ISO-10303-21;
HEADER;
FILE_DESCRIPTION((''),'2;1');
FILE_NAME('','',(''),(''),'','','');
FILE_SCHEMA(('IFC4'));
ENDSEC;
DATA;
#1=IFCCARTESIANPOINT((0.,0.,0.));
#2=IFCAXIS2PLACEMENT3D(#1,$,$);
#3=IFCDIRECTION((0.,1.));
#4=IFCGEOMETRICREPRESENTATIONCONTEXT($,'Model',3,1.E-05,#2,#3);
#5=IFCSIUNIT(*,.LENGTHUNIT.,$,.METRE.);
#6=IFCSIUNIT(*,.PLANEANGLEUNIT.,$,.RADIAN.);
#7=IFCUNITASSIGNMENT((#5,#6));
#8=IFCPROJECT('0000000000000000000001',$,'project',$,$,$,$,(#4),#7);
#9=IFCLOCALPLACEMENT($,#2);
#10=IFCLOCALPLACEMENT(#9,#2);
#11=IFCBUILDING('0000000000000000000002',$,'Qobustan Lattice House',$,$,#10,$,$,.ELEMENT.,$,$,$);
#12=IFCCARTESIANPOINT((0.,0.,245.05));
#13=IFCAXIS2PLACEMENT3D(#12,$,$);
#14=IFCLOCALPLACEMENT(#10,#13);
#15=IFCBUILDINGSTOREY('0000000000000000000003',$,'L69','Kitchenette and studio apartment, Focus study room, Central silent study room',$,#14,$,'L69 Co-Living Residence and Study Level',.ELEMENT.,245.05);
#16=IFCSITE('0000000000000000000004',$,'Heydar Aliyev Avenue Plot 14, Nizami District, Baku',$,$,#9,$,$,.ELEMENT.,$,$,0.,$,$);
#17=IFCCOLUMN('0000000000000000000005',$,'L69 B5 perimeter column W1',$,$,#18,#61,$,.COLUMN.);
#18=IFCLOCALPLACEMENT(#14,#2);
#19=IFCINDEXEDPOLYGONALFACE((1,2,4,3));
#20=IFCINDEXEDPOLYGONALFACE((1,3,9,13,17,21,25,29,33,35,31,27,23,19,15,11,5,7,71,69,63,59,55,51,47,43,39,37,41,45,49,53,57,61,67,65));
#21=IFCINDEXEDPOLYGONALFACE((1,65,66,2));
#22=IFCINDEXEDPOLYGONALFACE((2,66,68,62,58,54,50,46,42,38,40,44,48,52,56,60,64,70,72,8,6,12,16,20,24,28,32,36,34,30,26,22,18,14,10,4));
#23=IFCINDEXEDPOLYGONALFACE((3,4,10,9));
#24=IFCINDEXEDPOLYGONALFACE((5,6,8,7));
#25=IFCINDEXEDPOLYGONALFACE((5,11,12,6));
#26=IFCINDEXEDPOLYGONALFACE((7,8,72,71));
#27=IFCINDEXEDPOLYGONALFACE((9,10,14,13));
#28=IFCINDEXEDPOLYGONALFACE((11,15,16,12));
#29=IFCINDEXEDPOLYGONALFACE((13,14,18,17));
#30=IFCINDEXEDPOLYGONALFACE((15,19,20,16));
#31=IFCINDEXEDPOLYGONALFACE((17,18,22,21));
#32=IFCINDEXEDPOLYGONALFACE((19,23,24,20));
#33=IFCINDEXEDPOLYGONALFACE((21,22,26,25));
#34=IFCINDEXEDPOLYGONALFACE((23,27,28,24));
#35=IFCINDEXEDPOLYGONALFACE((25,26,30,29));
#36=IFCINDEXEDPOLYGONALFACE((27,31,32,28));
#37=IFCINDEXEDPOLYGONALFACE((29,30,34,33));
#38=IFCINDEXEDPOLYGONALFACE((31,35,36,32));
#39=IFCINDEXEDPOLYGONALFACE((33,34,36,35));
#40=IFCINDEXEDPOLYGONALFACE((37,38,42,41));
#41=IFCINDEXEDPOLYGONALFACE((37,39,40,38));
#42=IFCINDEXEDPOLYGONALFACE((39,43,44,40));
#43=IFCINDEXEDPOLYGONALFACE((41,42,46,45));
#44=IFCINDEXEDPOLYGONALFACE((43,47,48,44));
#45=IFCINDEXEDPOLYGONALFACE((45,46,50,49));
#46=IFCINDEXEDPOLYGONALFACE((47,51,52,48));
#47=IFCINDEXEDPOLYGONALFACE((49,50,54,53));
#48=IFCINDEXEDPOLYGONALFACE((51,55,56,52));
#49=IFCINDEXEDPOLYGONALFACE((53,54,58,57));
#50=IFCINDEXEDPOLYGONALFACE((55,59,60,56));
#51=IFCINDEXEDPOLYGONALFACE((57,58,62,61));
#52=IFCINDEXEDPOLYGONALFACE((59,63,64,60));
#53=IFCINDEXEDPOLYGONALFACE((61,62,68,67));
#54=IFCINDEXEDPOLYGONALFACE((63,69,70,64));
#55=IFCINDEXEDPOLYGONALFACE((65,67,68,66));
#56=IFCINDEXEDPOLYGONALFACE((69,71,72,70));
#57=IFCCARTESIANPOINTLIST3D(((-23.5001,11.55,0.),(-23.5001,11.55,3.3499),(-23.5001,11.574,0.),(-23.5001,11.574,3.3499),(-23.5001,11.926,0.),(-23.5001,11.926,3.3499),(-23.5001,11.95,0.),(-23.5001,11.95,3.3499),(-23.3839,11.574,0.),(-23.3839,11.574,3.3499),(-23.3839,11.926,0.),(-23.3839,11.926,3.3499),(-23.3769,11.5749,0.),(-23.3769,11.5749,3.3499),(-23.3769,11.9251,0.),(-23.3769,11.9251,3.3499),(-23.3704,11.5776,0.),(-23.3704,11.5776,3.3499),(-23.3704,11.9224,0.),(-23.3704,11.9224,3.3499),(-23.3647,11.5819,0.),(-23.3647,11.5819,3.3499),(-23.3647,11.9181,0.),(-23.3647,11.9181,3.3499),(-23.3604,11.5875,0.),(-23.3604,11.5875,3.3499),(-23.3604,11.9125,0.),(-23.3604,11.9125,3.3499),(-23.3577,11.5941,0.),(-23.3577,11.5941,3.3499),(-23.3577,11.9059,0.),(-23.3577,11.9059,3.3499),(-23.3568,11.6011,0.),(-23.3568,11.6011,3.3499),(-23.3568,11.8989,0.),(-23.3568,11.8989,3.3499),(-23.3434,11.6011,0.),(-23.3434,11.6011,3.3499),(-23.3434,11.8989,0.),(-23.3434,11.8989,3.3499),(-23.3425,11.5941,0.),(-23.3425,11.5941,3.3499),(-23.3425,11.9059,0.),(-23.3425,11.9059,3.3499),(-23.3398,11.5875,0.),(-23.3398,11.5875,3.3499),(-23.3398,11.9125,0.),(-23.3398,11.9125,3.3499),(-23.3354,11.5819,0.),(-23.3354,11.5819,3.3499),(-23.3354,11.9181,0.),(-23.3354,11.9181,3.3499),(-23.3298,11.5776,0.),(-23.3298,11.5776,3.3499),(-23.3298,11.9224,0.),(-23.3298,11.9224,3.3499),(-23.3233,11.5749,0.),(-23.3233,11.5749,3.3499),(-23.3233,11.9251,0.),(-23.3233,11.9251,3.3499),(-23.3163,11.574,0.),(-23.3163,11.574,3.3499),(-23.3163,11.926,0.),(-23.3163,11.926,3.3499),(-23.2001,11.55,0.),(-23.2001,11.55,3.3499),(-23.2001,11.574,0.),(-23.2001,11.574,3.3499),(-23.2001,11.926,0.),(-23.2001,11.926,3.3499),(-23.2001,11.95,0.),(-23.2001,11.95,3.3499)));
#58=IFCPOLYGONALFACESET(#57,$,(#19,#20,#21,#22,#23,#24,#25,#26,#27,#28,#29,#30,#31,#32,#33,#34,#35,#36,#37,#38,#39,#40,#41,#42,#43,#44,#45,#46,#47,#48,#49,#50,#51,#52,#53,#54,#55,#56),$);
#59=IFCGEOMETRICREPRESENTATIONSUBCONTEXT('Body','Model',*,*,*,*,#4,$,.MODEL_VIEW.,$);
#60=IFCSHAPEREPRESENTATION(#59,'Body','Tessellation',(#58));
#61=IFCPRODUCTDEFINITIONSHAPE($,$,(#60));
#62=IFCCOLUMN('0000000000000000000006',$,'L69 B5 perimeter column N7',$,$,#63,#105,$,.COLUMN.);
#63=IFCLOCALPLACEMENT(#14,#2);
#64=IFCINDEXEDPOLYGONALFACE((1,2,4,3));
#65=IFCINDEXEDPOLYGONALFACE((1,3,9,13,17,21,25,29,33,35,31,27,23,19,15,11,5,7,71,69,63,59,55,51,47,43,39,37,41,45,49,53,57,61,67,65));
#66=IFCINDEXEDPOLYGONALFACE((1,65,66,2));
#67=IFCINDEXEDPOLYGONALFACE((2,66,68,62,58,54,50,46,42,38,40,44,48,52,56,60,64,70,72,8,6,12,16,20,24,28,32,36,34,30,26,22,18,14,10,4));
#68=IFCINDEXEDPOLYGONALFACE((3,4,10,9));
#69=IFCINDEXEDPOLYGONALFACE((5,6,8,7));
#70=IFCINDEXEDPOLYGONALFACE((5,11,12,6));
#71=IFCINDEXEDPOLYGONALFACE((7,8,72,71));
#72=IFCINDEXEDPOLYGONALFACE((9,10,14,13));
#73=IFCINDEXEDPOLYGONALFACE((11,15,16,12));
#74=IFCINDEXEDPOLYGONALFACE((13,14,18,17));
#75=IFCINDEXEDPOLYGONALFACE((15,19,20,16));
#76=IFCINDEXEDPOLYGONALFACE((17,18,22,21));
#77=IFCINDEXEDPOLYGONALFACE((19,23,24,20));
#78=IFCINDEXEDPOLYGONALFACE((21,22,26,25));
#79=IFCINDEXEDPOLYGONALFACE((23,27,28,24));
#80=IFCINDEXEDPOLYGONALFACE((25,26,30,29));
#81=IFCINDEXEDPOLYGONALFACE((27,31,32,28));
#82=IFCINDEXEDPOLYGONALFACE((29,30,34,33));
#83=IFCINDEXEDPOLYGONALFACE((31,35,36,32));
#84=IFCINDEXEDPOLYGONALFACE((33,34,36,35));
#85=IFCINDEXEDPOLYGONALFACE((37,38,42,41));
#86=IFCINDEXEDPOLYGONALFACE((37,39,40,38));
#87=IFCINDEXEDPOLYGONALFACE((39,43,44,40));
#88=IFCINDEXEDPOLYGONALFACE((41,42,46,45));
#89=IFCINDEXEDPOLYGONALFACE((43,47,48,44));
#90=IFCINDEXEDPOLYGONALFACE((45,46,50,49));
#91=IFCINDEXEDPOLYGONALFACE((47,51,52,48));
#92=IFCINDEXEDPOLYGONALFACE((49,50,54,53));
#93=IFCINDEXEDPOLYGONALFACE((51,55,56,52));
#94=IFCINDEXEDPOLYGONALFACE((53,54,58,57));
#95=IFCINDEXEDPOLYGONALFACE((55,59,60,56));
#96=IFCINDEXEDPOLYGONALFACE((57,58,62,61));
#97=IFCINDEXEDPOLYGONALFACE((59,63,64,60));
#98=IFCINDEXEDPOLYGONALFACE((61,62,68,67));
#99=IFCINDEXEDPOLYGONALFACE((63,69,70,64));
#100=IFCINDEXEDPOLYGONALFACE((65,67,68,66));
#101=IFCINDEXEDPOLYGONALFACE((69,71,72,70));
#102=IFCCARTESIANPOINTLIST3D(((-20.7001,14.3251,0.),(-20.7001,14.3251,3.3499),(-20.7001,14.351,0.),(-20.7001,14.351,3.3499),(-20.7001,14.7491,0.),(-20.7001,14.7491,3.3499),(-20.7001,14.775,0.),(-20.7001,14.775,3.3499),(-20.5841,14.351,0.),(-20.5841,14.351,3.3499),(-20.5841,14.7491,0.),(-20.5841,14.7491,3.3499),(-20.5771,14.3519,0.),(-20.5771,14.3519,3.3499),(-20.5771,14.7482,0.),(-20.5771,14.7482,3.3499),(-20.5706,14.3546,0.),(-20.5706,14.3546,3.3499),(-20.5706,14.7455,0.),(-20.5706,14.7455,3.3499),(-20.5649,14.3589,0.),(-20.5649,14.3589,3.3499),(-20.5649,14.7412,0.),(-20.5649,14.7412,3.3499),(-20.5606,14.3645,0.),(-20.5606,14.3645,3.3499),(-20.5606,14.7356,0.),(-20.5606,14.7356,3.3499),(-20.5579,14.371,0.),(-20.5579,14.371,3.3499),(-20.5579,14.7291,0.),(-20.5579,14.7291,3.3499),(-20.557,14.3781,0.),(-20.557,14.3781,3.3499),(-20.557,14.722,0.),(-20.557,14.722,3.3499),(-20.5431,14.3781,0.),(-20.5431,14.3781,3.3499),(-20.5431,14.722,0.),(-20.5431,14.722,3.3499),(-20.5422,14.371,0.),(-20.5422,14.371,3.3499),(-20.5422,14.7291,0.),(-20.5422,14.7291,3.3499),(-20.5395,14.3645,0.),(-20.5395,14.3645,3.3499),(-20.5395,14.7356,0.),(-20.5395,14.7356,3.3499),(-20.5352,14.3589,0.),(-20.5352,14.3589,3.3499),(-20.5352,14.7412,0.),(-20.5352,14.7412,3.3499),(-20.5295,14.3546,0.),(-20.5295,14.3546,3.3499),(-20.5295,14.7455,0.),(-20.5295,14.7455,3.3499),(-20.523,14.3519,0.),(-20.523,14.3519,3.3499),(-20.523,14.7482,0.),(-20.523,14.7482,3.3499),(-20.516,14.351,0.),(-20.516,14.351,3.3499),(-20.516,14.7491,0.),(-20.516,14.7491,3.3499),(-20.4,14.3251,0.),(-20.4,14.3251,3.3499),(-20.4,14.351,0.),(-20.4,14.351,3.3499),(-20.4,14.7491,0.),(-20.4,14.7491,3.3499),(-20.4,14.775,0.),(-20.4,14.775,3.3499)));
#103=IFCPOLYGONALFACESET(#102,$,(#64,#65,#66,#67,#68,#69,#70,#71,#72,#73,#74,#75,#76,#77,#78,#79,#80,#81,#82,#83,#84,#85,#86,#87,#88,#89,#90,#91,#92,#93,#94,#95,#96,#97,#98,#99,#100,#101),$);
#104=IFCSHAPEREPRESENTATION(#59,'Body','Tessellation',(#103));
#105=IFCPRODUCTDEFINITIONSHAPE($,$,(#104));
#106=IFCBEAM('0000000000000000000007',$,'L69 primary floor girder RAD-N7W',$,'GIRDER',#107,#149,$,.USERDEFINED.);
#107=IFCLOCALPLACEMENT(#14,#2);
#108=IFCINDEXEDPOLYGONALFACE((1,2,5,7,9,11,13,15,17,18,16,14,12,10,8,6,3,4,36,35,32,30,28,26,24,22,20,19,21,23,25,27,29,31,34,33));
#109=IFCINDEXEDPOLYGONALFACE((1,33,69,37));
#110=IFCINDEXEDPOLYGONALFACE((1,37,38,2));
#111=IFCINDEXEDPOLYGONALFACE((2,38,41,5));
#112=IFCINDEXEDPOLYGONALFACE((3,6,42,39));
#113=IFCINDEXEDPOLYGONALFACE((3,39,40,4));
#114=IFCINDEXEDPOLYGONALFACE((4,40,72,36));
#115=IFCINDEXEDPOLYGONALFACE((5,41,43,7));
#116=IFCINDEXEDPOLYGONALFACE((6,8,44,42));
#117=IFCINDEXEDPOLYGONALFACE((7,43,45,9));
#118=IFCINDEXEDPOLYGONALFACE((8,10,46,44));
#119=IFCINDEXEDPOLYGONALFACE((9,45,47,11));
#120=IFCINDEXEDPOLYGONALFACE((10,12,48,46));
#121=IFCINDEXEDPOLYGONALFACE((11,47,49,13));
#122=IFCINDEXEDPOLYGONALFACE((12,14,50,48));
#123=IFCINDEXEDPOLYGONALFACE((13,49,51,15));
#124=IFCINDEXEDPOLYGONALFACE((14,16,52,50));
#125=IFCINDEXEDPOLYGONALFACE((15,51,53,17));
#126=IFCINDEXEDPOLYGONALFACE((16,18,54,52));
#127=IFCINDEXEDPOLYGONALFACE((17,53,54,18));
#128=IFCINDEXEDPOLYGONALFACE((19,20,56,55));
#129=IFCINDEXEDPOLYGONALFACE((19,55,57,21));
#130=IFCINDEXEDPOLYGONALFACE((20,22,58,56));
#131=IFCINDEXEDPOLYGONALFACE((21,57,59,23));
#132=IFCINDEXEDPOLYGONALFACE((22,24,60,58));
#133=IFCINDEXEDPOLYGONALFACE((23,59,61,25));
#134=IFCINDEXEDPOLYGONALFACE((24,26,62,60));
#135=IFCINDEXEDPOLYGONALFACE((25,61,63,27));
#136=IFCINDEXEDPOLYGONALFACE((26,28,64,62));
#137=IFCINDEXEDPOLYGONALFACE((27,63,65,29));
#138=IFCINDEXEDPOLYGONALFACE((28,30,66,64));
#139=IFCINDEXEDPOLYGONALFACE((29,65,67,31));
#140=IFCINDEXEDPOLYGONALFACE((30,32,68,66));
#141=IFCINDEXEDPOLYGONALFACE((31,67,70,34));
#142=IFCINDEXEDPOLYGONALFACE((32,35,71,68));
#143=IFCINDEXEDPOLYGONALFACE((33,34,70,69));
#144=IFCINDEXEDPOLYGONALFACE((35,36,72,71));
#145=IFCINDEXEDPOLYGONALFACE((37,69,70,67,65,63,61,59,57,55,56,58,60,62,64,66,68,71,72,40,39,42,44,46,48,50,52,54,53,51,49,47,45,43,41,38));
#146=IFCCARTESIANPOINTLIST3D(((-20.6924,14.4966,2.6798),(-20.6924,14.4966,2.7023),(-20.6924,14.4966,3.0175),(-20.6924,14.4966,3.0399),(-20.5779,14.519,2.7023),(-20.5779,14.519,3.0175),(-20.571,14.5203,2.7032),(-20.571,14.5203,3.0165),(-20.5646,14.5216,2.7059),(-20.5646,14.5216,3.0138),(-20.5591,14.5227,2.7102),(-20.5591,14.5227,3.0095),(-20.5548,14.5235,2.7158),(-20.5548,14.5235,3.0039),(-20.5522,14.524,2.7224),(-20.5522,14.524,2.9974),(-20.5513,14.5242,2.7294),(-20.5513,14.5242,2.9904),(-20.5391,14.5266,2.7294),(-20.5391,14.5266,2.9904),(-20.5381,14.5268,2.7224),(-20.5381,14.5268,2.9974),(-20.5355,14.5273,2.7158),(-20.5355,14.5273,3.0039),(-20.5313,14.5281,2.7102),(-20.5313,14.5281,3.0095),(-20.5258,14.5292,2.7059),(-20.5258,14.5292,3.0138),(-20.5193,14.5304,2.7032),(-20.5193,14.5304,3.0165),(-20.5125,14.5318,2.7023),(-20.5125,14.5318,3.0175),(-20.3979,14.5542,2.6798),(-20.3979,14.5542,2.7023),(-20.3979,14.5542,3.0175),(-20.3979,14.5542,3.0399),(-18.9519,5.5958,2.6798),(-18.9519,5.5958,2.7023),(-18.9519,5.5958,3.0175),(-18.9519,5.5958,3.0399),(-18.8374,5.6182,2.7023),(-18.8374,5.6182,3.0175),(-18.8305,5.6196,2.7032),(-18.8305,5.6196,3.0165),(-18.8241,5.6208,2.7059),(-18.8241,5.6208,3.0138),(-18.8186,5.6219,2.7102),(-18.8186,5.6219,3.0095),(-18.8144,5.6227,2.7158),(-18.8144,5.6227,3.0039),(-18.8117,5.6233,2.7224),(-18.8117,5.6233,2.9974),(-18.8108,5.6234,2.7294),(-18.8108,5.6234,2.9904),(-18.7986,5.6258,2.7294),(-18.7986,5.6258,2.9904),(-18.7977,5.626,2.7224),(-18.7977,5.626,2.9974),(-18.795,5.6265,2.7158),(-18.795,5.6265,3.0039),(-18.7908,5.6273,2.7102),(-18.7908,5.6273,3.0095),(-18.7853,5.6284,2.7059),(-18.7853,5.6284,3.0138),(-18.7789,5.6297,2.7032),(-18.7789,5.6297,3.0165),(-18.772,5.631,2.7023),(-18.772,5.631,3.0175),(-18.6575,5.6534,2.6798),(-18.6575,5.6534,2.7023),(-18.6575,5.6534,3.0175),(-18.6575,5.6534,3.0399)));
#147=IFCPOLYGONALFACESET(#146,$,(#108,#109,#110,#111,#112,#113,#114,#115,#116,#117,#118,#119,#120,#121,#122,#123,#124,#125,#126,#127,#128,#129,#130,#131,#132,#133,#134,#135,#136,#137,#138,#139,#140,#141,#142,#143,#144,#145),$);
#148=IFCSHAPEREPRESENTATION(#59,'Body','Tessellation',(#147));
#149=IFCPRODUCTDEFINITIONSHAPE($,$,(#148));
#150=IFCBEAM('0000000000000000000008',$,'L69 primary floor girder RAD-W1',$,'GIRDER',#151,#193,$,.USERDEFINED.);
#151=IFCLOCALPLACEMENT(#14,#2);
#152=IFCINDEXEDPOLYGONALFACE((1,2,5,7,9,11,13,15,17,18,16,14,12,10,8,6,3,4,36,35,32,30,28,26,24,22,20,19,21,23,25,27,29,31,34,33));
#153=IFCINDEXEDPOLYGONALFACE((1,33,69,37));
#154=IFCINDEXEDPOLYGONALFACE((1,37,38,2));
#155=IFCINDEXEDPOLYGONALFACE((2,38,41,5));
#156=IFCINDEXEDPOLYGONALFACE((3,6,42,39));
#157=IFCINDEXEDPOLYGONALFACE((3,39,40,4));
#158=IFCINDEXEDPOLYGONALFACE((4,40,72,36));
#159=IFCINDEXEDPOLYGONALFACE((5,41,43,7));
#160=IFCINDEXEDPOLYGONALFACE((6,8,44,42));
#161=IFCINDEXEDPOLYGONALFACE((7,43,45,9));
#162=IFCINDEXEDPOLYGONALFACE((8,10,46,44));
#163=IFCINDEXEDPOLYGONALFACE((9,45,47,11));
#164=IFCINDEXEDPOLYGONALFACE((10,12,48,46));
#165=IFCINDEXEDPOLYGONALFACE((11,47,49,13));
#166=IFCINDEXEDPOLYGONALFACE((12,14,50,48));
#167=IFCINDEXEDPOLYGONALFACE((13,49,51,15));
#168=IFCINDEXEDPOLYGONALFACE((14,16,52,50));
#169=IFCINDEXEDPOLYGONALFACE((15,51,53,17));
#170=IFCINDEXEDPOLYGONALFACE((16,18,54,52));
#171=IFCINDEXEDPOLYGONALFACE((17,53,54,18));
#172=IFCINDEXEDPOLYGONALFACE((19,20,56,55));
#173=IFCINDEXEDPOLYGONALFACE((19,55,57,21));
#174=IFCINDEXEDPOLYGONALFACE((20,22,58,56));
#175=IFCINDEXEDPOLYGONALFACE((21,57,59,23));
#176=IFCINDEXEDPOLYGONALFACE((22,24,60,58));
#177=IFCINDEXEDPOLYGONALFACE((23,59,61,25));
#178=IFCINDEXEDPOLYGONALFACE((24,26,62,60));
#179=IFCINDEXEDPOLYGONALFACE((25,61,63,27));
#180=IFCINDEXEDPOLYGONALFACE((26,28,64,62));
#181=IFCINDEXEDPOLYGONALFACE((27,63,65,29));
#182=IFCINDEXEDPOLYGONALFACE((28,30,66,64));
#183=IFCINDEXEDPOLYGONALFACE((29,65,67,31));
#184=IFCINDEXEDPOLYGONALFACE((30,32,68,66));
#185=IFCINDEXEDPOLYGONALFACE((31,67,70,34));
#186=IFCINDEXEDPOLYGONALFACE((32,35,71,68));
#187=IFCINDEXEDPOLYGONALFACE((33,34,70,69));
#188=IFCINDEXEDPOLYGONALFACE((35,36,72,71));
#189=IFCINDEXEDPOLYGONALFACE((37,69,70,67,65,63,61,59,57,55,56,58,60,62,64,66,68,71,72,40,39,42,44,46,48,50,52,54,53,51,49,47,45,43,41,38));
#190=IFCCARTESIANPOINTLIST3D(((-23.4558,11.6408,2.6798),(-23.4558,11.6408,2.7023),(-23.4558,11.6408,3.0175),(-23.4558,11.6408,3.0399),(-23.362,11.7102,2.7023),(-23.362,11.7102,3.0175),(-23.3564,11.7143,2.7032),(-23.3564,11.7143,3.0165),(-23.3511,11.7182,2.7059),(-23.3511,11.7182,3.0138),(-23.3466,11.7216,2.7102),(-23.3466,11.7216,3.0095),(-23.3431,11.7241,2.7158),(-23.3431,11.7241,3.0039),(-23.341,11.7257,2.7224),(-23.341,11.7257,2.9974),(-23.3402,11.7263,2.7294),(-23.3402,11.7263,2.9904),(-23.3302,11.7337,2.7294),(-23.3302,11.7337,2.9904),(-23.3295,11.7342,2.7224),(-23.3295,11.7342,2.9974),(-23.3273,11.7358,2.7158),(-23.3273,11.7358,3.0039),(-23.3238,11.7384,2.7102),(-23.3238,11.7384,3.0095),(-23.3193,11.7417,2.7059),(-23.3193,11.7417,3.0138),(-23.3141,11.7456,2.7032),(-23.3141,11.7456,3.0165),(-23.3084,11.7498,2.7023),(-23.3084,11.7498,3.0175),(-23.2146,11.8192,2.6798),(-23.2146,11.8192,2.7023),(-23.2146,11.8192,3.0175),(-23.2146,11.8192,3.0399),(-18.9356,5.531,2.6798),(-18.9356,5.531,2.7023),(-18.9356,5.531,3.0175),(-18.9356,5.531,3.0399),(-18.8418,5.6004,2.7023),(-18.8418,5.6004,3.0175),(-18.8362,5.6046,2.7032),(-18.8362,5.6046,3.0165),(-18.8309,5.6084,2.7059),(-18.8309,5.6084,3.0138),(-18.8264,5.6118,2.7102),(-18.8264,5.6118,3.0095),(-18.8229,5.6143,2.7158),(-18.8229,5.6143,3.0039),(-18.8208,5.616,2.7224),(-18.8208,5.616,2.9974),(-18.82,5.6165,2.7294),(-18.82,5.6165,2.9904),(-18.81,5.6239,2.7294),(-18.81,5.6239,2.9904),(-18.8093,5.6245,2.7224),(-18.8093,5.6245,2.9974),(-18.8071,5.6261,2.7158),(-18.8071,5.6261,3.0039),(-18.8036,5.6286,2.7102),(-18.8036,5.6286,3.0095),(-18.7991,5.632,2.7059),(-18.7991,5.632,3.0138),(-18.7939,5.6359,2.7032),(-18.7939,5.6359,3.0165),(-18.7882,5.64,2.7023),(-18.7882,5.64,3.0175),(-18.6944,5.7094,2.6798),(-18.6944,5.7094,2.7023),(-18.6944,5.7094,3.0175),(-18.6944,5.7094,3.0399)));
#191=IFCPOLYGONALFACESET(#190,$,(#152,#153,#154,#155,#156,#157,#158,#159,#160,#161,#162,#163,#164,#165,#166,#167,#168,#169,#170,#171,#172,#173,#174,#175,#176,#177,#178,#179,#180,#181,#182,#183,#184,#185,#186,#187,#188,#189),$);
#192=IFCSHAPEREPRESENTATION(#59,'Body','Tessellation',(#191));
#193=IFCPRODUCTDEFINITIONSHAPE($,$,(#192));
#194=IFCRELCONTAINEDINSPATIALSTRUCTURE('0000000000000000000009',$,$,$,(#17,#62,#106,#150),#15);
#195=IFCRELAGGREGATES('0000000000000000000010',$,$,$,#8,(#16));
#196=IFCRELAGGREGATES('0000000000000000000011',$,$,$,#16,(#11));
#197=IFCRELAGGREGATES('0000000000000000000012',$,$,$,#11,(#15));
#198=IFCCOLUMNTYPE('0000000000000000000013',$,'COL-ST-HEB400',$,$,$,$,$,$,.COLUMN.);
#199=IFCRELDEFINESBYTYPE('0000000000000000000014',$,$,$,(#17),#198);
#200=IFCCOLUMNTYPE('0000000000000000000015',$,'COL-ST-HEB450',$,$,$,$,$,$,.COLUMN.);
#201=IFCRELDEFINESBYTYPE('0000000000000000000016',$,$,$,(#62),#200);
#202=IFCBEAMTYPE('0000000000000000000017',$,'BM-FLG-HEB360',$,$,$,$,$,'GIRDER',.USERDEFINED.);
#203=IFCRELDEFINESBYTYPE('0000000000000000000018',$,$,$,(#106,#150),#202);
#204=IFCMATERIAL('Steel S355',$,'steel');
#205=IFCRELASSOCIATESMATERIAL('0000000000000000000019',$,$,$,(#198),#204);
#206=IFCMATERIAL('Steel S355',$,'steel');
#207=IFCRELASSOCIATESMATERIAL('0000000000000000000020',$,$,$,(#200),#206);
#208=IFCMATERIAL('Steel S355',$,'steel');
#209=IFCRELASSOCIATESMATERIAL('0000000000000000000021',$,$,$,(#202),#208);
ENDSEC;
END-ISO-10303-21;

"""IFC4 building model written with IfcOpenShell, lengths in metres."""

from ifc_helpers import new_model, si_unit, direction, frame, origin, origin_2d, place, context, subcontext, project, spatial, i_section, extrude, material, material_profile, profile_set, type_object, element, save


model = new_model("IFC4")

# Units and contexts
model_context = context("Model", 3, precision=1e-05, world=origin(), true_north=direction((0.0, 1.0)))
body_context = subcontext(model_context, "Body", "Model", "MODEL_VIEW")
ifc_project = project(units=[si_unit("LENGTHUNIT", "METRE"), si_unit("PLANEANGLEUNIT", "RADIAN")], contexts=[model_context])

# Site, building, storey
site_placement = place(None, origin())
site = spatial("IfcSite", under=ifc_project, at=site_placement, Name="Heydar Aliyev Avenue Plot 14, Nizami District, Baku", CompositionType="ELEMENT", RefElevation=0.0)
building_placement = place(site_placement, origin())
building = spatial("IfcBuilding", under=site, at=building_placement, Name="Qobustan Lattice House", CompositionType="ELEMENT")
storey_placement = place(building_placement, frame((0.0, 0.0, 245.05)))
storey = spatial("IfcBuildingStorey", under=building, at=storey_placement, Name="L69", Description="Kitchenette and studio apartment, Focus study room, Central silent study room", LongName="L69 Co-Living Residence and Study Level", CompositionType="ELEMENT", Elevation=245.05)

# Columns
ifc_material_1 = material(Name="Steel S355", Category="steel")
ifc_material_profile_1 = material_profile(ifc_material_1, i_section(OverallWidth=0.3, OverallDepth=0.3999, WebThickness=0.0134, FlangeThickness=0.0239, FilletRadius=0.0271, at=origin_2d()), Name="HEB400")
ifc_profile_set_1 = profile_set([ifc_material_profile_1], Name="Steel S355")
column_type_1 = type_object("IfcColumnType", Name="COL-ST-HEB400", PredefinedType="COLUMN", material=ifc_profile_set_1)
column_1_placement = place(storey_placement, frame((-23.3501, 11.75, 0.0), z_axis=(0.0, 0.0, 1.0), x_axis=(1.0, 0.0, 0.0)))
element("IfcColumn", 1, at=column_1_placement, inside=storey, type_object=column_type_1, Name="L69 B5 perimeter column W1", PredefinedType="COLUMN", context=body_context, shape_type="SweptSolid", body=[
    extrude(i_section(OverallWidth=0.3, OverallDepth=0.3999, WebThickness=0.0134, FlangeThickness=0.0239, FilletRadius=0.0271, at=origin_2d()), origin(), (0.0, 0.0, 1.0), 3.3499),
])
ifc_material_2 = material(Name="Steel S355", Category="steel")
ifc_material_profile_2 = material_profile(ifc_material_2, i_section(OverallWidth=0.3, OverallDepth=0.45, WebThickness=0.0139, FlangeThickness=0.0259, FilletRadius=0.0271, at=origin_2d()), Name="HEB450")
ifc_profile_set_2 = profile_set([ifc_material_profile_2], Name="Steel S355")
column_type_2 = type_object("IfcColumnType", Name="COL-ST-HEB450", PredefinedType="COLUMN", material=ifc_profile_set_2)
column_2_placement = place(storey_placement, frame((-20.55, 14.55, 0.0), z_axis=(0.0, 0.0, 1.0), x_axis=(1.0, 0.0, 0.0)))
element("IfcColumn", 2, at=column_2_placement, inside=storey, type_object=column_type_2, Name="L69 B5 perimeter column N7", PredefinedType="COLUMN", context=body_context, shape_type="SweptSolid", body=[
    extrude(i_section(OverallWidth=0.3, OverallDepth=0.45, WebThickness=0.0139, FlangeThickness=0.0259, FilletRadius=0.0271, at=origin_2d()), origin(), (0.0, 0.0, 1.0), 3.3499),
])

# Beams
ifc_material_3 = material(Name="Steel S355", Category="steel")
ifc_material_profile_3 = material_profile(ifc_material_3, i_section(OverallWidth=0.3, OverallDepth=0.3601, WebThickness=0.0125, FlangeThickness=0.0225, FilletRadius=0.0271, at=origin_2d()), Name="HEB360")
ifc_profile_set_3 = profile_set([ifc_material_profile_3], Name="Steel S355")
beam_type_1 = type_object("IfcBeamType", Name="BM-FLG-HEB360", ElementType="GIRDER", PredefinedType="USERDEFINED", material=ifc_profile_set_3)
beam_1_placement = place(storey_placement, frame((-20.5452, 14.5254, 2.8599), z_axis=(0.191906, -0.981413, 0.0), x_axis=(0.981413, 0.191906, 0.0)))
element("IfcBeam", 3, at=beam_1_placement, inside=storey, type_object=beam_type_1, Name="L69 primary floor girder RAD-N7W", ObjectType="GIRDER", PredefinedType="USERDEFINED", context=body_context, shape_type="SweptSolid", body=[
    extrude(i_section(OverallWidth=0.3, OverallDepth=0.3601, WebThickness=0.0125, FlangeThickness=0.0225, FilletRadius=0.0271, at=origin_2d()), origin(), (0.0, 0.0, 1.0), 9.0693),
])
beam_2_placement = place(storey_placement, frame((-23.3352, 11.73, 2.8599), z_axis=(0.594755, -0.803907, 0.0), x_axis=(0.803907, 0.594755, 0.0)))
element("IfcBeam", 4, at=beam_2_placement, inside=storey, type_object=beam_type_1, Name="L69 primary floor girder RAD-W1", ObjectType="GIRDER", PredefinedType="USERDEFINED", context=body_context, shape_type="SweptSolid", body=[
    extrude(i_section(OverallWidth=0.3, OverallDepth=0.3601, WebThickness=0.0125, FlangeThickness=0.0225, FilletRadius=0.0271, at=origin_2d()), origin(), (0.0, 0.0, 1.0), 7.6001),
])

save(model, "model.ifc")
